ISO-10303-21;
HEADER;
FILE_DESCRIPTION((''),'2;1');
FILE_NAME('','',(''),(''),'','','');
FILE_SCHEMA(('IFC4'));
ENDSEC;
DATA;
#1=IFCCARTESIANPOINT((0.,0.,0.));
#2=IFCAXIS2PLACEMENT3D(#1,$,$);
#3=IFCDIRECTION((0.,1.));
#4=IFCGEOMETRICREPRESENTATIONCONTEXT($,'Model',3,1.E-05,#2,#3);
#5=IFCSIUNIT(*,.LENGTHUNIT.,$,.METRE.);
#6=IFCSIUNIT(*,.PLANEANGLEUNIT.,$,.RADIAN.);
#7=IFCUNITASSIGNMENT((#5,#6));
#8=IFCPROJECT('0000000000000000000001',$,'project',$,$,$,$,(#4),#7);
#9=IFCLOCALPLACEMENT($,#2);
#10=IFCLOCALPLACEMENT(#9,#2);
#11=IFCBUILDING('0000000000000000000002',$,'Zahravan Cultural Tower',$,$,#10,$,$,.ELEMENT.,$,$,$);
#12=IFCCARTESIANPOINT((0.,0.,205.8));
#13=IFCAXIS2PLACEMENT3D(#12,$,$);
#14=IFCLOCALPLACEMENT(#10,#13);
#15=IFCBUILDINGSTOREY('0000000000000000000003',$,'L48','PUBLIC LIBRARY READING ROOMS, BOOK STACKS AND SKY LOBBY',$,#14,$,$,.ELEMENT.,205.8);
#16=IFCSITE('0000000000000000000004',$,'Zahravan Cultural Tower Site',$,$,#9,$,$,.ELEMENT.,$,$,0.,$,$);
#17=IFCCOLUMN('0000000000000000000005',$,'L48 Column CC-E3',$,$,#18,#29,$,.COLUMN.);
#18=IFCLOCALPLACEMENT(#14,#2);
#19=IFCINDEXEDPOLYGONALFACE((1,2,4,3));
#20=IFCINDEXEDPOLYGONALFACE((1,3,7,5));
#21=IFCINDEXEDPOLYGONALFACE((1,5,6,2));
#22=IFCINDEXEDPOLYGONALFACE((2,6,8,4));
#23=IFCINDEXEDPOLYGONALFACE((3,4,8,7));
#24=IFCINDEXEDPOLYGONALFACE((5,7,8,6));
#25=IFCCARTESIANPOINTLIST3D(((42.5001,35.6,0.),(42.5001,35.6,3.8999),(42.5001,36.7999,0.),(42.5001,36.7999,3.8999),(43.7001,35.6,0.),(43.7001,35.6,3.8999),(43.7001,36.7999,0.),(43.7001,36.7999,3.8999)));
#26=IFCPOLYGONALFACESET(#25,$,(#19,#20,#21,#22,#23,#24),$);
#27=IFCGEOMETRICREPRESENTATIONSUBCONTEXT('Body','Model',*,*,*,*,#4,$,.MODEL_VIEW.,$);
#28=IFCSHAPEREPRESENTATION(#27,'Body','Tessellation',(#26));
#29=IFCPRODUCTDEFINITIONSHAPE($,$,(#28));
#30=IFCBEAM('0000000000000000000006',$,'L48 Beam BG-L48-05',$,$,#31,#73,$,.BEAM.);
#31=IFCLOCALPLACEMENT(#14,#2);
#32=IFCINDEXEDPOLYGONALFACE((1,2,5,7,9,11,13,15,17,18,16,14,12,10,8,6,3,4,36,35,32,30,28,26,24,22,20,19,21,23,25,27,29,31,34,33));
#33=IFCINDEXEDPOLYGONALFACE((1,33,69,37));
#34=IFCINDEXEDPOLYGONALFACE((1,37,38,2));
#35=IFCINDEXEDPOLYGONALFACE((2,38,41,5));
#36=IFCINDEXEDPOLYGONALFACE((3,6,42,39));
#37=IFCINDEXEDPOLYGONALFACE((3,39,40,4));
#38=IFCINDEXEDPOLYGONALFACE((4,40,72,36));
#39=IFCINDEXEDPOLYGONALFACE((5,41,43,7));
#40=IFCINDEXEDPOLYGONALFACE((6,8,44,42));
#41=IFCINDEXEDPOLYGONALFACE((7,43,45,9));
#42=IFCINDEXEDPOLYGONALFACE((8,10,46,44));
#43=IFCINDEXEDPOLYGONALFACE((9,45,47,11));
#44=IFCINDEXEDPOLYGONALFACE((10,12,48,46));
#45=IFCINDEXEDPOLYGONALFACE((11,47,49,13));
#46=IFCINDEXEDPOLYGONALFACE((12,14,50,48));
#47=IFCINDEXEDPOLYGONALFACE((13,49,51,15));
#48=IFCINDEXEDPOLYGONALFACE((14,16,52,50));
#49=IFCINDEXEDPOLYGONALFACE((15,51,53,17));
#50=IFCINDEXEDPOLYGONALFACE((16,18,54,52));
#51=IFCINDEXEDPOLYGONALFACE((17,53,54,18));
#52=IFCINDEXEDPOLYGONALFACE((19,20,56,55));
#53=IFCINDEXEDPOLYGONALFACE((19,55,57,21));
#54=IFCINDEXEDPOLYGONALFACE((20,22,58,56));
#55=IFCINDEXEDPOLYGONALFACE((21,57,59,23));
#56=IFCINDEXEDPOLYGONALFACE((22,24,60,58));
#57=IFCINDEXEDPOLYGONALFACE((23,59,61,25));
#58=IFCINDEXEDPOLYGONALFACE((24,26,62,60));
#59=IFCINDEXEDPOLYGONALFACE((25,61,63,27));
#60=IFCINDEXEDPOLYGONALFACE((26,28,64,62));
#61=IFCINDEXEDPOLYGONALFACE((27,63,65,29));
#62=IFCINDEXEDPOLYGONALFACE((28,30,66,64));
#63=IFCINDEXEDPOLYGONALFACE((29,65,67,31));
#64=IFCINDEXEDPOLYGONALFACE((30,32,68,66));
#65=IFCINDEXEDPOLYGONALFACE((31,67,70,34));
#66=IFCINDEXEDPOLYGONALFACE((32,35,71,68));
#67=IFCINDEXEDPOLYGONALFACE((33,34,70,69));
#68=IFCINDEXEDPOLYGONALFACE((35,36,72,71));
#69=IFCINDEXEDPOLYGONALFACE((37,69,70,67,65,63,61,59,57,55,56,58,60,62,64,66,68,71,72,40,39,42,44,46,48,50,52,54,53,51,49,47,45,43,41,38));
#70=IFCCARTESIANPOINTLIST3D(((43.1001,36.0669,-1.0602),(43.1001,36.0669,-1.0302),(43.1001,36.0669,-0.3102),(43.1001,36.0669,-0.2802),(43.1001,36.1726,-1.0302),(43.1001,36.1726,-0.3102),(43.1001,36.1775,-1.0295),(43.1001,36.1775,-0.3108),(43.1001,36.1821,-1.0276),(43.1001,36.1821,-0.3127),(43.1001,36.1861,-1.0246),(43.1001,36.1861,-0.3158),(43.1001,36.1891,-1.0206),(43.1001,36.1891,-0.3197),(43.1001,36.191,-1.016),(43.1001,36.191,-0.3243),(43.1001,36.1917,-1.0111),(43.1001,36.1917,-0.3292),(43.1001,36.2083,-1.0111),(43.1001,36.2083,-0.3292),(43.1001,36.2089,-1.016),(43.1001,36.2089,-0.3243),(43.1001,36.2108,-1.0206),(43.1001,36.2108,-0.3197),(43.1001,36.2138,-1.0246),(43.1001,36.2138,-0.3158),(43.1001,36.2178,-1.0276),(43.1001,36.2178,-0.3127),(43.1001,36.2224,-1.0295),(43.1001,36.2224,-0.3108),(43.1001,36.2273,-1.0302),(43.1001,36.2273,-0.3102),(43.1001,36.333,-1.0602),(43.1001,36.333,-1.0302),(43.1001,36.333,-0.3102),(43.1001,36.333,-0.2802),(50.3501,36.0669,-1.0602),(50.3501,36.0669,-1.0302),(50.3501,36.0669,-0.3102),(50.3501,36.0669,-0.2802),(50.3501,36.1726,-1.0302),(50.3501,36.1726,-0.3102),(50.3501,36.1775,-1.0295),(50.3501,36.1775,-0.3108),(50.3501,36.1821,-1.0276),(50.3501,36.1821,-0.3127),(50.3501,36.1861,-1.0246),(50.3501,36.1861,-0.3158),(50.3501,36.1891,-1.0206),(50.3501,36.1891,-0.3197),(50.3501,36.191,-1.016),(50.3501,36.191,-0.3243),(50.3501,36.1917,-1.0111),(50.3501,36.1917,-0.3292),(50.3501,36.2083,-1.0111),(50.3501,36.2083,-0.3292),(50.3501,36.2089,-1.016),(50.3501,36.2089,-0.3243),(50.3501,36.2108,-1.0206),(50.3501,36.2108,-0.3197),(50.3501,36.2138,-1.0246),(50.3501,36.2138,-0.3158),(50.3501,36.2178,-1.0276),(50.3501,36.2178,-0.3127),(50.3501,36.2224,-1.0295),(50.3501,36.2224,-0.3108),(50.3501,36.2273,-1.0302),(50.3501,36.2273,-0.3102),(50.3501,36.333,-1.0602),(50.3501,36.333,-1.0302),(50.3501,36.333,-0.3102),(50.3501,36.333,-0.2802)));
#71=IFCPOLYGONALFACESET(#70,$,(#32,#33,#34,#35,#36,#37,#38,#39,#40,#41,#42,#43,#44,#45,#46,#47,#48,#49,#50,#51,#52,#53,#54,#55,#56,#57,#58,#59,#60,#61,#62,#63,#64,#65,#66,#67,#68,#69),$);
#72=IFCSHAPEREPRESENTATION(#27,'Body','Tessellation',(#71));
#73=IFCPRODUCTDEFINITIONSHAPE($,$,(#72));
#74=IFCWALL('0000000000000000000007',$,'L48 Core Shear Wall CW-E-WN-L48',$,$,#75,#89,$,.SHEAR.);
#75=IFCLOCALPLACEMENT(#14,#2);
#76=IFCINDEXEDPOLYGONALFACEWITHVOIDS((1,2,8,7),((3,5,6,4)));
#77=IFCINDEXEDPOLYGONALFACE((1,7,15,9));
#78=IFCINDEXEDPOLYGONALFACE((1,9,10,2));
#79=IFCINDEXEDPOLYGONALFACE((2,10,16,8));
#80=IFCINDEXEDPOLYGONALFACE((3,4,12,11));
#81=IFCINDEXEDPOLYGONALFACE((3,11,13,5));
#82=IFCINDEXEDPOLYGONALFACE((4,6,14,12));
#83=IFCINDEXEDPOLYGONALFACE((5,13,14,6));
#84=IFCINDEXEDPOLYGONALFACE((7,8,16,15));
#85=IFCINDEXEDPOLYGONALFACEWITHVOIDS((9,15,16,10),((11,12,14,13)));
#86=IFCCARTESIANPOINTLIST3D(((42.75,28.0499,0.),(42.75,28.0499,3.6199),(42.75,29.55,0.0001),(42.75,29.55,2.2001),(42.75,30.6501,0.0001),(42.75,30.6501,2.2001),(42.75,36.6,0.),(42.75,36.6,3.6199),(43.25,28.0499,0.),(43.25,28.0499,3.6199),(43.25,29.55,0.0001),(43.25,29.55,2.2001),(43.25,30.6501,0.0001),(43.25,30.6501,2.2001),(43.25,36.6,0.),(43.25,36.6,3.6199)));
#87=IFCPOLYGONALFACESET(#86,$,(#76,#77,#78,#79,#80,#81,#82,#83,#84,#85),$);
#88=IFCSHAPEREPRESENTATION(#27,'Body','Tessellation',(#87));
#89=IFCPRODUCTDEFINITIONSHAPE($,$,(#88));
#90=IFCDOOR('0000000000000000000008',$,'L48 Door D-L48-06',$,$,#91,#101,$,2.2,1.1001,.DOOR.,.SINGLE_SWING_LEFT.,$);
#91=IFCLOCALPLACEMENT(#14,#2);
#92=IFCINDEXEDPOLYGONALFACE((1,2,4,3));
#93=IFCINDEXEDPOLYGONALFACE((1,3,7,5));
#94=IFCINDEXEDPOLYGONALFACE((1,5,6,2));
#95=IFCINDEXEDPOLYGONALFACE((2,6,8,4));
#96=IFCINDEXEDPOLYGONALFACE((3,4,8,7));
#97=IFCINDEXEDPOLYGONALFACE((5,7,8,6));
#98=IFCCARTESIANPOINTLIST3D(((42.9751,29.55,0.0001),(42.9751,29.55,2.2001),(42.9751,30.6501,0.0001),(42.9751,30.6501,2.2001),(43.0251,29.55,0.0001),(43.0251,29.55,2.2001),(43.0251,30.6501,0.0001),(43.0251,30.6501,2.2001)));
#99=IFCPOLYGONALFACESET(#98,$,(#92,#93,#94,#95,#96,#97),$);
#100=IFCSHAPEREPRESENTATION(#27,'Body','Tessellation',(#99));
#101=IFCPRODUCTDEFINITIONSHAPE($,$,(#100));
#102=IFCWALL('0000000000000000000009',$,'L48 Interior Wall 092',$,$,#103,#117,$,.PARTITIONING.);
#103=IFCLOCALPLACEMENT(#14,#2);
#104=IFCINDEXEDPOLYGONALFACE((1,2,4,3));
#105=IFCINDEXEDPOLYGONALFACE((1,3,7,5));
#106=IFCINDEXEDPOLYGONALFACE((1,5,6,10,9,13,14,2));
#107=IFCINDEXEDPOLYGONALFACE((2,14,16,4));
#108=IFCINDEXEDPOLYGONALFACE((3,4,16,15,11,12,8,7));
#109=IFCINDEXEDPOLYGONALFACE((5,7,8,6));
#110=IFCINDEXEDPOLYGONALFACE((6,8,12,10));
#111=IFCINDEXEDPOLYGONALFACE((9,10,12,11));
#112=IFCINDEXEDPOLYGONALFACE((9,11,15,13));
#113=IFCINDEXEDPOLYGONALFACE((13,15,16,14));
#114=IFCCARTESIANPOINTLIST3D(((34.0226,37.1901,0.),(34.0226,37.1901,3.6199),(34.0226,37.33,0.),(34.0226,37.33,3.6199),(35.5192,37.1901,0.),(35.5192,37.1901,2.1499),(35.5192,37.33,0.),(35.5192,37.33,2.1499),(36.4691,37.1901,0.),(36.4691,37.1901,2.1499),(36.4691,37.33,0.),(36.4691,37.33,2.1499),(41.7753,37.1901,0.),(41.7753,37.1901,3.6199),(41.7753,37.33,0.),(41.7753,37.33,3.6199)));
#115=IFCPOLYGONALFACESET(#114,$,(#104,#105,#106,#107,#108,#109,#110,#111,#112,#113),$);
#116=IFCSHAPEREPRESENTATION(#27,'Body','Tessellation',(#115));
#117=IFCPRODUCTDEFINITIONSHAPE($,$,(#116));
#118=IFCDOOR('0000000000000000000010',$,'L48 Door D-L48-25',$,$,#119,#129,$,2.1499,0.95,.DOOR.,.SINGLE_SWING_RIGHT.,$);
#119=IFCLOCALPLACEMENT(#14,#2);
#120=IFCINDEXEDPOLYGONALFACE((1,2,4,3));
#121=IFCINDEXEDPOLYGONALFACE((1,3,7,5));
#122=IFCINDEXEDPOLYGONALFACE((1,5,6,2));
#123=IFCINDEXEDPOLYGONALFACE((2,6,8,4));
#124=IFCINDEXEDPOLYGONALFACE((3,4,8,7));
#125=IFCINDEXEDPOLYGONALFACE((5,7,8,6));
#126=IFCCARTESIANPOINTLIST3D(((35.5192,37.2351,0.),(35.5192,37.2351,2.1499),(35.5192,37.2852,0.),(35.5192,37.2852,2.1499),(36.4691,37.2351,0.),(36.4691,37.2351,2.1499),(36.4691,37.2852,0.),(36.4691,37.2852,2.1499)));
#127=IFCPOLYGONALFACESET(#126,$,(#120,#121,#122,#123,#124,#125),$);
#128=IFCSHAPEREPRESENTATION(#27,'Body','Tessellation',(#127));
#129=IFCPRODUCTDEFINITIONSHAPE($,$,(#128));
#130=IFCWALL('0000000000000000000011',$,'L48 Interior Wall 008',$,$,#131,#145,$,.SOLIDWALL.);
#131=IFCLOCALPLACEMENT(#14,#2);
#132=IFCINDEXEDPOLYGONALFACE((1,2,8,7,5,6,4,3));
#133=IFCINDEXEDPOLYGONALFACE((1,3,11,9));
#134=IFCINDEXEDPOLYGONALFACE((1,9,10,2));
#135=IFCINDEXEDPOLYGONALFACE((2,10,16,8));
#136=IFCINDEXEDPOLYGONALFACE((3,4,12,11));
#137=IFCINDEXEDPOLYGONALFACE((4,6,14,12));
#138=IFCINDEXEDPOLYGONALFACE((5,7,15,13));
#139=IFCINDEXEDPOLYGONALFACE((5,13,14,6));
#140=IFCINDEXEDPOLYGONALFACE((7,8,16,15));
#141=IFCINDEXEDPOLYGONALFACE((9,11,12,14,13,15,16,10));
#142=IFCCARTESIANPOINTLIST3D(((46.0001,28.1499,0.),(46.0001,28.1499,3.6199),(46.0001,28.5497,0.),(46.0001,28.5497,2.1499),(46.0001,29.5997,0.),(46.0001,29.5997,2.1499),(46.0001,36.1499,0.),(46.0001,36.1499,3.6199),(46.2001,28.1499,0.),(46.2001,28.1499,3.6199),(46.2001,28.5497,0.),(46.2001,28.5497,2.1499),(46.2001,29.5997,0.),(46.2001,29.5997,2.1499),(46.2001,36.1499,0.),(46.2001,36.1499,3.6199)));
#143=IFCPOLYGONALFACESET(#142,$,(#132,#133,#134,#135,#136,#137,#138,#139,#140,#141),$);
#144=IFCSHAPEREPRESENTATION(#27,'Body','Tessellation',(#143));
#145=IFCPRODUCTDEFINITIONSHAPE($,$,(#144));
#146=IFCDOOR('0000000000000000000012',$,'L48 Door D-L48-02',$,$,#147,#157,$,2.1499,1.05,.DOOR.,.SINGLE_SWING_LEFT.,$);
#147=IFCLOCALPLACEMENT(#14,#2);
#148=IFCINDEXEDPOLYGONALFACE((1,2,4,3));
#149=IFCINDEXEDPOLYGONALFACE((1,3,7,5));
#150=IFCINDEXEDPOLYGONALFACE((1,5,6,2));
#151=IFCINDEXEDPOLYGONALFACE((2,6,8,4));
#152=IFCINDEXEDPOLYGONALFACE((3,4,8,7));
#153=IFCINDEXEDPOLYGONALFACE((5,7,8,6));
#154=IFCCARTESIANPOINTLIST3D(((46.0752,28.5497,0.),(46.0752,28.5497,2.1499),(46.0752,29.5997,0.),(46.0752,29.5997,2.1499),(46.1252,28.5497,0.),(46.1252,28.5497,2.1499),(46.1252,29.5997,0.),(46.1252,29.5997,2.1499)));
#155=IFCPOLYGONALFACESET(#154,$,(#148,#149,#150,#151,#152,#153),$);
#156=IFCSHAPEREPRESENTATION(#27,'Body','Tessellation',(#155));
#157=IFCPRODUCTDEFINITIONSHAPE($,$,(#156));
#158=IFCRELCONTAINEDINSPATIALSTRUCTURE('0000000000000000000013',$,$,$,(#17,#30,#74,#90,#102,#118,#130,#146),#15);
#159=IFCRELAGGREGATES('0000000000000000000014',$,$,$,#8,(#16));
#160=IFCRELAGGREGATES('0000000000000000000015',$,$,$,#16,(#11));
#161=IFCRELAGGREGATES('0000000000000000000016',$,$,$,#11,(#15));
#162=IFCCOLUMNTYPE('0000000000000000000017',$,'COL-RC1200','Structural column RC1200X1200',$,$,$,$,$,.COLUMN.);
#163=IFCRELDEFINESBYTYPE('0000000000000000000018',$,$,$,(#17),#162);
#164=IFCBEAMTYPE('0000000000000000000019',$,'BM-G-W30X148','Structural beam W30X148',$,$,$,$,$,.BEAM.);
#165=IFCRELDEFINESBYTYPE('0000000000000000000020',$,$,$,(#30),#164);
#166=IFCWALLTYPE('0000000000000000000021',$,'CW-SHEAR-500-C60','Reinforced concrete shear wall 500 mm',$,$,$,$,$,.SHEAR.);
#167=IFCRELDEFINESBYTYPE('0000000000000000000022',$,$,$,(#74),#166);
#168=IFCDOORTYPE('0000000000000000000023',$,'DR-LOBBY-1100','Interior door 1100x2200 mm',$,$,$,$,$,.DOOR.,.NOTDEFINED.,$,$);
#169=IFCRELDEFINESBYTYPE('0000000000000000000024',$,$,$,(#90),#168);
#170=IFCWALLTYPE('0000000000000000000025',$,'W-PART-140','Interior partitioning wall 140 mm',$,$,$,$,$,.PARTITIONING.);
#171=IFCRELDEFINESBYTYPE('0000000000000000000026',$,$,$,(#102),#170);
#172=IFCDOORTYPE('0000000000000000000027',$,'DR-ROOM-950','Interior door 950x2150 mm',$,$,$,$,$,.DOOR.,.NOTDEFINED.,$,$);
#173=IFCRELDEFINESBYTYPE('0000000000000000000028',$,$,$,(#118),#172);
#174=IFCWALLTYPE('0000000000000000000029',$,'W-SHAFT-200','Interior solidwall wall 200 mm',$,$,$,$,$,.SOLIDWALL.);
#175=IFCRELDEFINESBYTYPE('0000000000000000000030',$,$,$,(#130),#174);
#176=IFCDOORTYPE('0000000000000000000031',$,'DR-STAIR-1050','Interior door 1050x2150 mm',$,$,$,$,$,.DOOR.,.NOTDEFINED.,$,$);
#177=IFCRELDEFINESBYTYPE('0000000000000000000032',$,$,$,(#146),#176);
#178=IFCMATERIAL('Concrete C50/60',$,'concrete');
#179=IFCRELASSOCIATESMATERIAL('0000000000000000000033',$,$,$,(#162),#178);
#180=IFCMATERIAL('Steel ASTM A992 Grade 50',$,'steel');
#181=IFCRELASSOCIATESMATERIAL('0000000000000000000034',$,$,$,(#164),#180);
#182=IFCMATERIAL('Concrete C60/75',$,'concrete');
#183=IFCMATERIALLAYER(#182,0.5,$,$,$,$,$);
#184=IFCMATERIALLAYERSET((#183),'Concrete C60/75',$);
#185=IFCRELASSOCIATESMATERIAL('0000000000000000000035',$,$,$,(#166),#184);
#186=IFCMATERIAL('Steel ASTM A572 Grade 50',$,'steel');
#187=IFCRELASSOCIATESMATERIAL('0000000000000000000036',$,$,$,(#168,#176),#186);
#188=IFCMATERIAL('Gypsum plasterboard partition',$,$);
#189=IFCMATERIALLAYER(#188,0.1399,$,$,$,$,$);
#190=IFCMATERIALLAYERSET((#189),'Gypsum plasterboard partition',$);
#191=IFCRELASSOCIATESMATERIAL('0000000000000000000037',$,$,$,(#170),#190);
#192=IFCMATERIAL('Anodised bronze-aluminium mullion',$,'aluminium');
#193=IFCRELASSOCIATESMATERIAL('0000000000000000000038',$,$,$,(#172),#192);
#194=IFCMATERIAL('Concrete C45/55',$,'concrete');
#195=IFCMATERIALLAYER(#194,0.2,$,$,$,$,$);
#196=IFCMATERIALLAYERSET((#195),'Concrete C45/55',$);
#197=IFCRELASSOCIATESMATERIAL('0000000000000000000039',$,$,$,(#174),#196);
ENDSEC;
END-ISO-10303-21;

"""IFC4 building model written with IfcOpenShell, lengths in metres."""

from ifc_helpers import new_model, si_unit, direction, frame, frame_2d, origin, origin_2d, place, context, subcontext, project, spatial, rectangle, i_section, extrude, source, transform, mapped, material, layer, layer_set, material_profile, profile_set, type_object, element, fill, save


model = new_model("IFC4")

# Units and contexts
model_context = context("Model", 3, precision=1e-05, world=origin(), true_north=direction((0.0, 1.0)))
body_context = subcontext(model_context, "Body", "Model", "MODEL_VIEW")
ifc_project = project(units=[si_unit("LENGTHUNIT", "METRE"), si_unit("PLANEANGLEUNIT", "RADIAN")], contexts=[model_context])

# Site, building, storey
site_placement = place(None, origin())
site = spatial("IfcSite", under=ifc_project, at=site_placement, Name="Zahravan Cultural Tower Site", CompositionType="ELEMENT", RefElevation=0.0)
building_placement = place(site_placement, origin())
building = spatial("IfcBuilding", under=site, at=building_placement, Name="Zahravan Cultural Tower", CompositionType="ELEMENT")
storey_placement = place(building_placement, frame((0.0, 0.0, 205.8)))
storey = spatial("IfcBuildingStorey", under=building, at=storey_placement, Name="L48", Description="PUBLIC LIBRARY READING ROOMS, BOOK STACKS AND SKY LOBBY", CompositionType="ELEMENT", Elevation=205.8)

# Column
ifc_material_1 = material(Name="Concrete C50/60", Category="concrete")
ifc_material_profile_1 = material_profile(ifc_material_1, rectangle(XDim=1.2, YDim=1.2, at=origin_2d()), Name="RC1200X1200")
ifc_profile_set_1 = profile_set([ifc_material_profile_1], Name="Concrete C50/60")
column_type = type_object("IfcColumnType", Name="COL-RC1200", Description="Structural column RC1200X1200", PredefinedType="COLUMN", material=ifc_profile_set_1)
shared_shape_1 = source(origin(), body_context, "Body", "SweptSolid", [
    extrude(rectangle(XDim=1.2, YDim=1.2, at=origin_2d()), origin(), (0.0, 0.0, 1.0), 3.8999),
])
column_placement = place(storey_placement, frame((43.1001, 36.2, 0.0), z_axis=(0.0, 0.0, 1.0), x_axis=(1.0, 0.0, 0.0)))
element("IfcColumn", 1, at=column_placement, inside=storey, type_object=column_type, Name="L48 Column CC-E3", PredefinedType="COLUMN", context=body_context, shape_type="MappedRepresentation", body=[
    mapped(shared_shape_1, transform((0.0, 0.0, 0.0), x_axis=(1.0, 0.0, 0.0), y_axis=(0.0, 1.0, 0.0), z_axis=(0.0, 0.0, 1.0), scale=1.0)),
])

# Beam
ifc_material_2 = material(Name="Steel ASTM A992 Grade 50", Category="steel")
ifc_material_profile_2 = material_profile(ifc_material_2, i_section(OverallWidth=0.2661, OverallDepth=0.78, WebThickness=0.0166, FlangeThickness=0.03, FilletRadius=0.019, at=origin_2d()), Name="W30X148")
ifc_profile_set_2 = profile_set([ifc_material_profile_2], Name="Steel ASTM A992 Grade 50")
beam_type = type_object("IfcBeamType", Name="BM-G-W30X148", Description="Structural beam W30X148", PredefinedType="BEAM", material=ifc_profile_set_2)
shared_shape_2 = source(origin(), body_context, "Body", "SweptSolid", [
    extrude(i_section(OverallWidth=0.2661, OverallDepth=0.78, WebThickness=0.0166, FlangeThickness=0.03, FilletRadius=0.019, at=origin_2d()), origin(), (0.0, 0.0, 1.0), 7.25),
])
beam_placement = place(storey_placement, frame((43.1001, 36.2, -0.6702), z_axis=(1.0, 0.0, 0.0), x_axis=(0.0, 1.0, 0.0)))
element("IfcBeam", 2, at=beam_placement, inside=storey, type_object=beam_type, Name="L48 Beam BG-L48-05", PredefinedType="BEAM", context=body_context, shape_type="MappedRepresentation", body=[
    mapped(shared_shape_2, transform((0.0, 0.0, 0.0), x_axis=(1.0, 0.0, 0.0), y_axis=(0.0, 1.0, 0.0), z_axis=(0.0, 0.0, 1.0), scale=1.0)),
])

# Walls, openings, doors
ifc_material_3 = material(Name="Concrete C60/75", Category="concrete")
ifc_layer_1 = layer(ifc_material_3, 0.5)
ifc_layer_set_1 = layer_set([ifc_layer_1], Name="Concrete C60/75")
wall_type_1 = type_object("IfcWallType", Name="CW-SHEAR-500-C60", Description="Reinforced concrete shear wall 500 mm", PredefinedType="SHEAR", material=ifc_layer_set_1)
wall_1_placement = place(storey_placement, frame((43.0, 28.05, 0.0), z_axis=(0.0, 0.0, 1.0), x_axis=(0.0, 1.0, 0.0)))
wall_1 = element("IfcWall", 3, at=wall_1_placement, inside=storey, type_object=wall_type_1, Name="L48 Core Shear Wall CW-E-WN-L48", PredefinedType="SHEAR", context=body_context, shape_type="SweptSolid", body=[
    extrude(rectangle(XDim=8.55, YDim=0.5, at=frame_2d((4.2749, 0.0))), origin(), (0.0, 0.0, 1.0), 3.6199),
])
opening_1_placement = place(wall_1_placement, frame((1.5, 0.0, 0.0)))
opening_1 = element("IfcOpeningElement", 4, at=opening_1_placement, cuts=wall_1, PredefinedType="OPENING", context=body_context, shape_type="SweptSolid", body=[
    extrude(rectangle(XDim=1.1001, YDim=2.2, at=frame_2d((0.55, 1.1001))), frame((0.0, 0.26, 0.0), z_axis=(0.0, -1.0, 0.0), x_axis=(1.0, 0.0, 0.0)), (0.0, 0.0, 1.0), 0.52),
])
ifc_material_4 = material(Name="Steel ASTM A572 Grade 50", Category="steel")
door_type_1 = type_object("IfcDoorType", Name="DR-LOBBY-1100", Description="Interior door 1100x2200 mm", OperationType="NOTDEFINED", PredefinedType="DOOR", material=ifc_material_4)
shared_shape_3 = source(origin(), body_context, "Body", "SweptSolid", [
    extrude(rectangle(XDim=1.1001, YDim=2.2, at=frame_2d((0.55, 1.1001))), frame((0.0, 0.0249, 0.0), z_axis=(0.0, -1.0, 0.0), x_axis=(1.0, 0.0, 0.0)), (0.0, 0.0, 1.0), 0.05),
])
door_1_placement = place(opening_1_placement, origin())
door_1 = element("IfcDoor", 5, at=door_1_placement, inside=storey, type_object=door_type_1, Name="L48 Door D-L48-06", OperationType="SINGLE_SWING_LEFT", OverallHeight=2.2, OverallWidth=1.1001, PredefinedType="DOOR", context=body_context, shape_type="MappedRepresentation", body=[
    mapped(shared_shape_3, transform((0.0, 0.0, 0.0), x_axis=(1.0, 0.0, 0.0), y_axis=(0.0, 1.0, 0.0), z_axis=(0.0, 0.0, 1.0), scale=1.0)),
])
fill(opening_1, door_1)
ifc_material_5 = material(Name="Gypsum plasterboard partition")
ifc_layer_2 = layer(ifc_material_5, 0.1399)
ifc_layer_set_2 = layer_set([ifc_layer_2], Name="Gypsum plasterboard partition")
wall_type_2 = type_object("IfcWallType", Name="W-PART-140", Description="Interior partitioning wall 140 mm", PredefinedType="PARTITIONING", material=ifc_layer_set_2)
ifc_material_6 = material(Name="Anodised bronze-aluminium mullion", Category="aluminium")
door_type_2 = type_object("IfcDoorType", Name="DR-ROOM-950", Description="Interior door 950x2150 mm", OperationType="NOTDEFINED", PredefinedType="DOOR", material=ifc_material_6)
shared_shape_4 = source(origin(), body_context, "Body", "SweptSolid", [
    extrude(rectangle(XDim=0.95, YDim=2.1499, at=frame_2d((0.4751, 1.075))), frame((0.0, 0.0249, 0.0), z_axis=(0.0, -1.0, 0.0), x_axis=(1.0, 0.0, 0.0)), (0.0, 0.0, 1.0), 0.05),
])
wall_2_placement = place(storey_placement, frame((41.7754, 37.26, 0.0), z_axis=(0.0, 0.0, 1.0), x_axis=(-1.0, 0.0, 0.0)))
wall_2 = element("IfcWall", 6, at=wall_2_placement, inside=storey, type_object=wall_type_2, Name="L48 Interior Wall 092", PredefinedType="PARTITIONING", context=body_context, shape_type="SweptSolid", body=[
    extrude(rectangle(XDim=7.7527, YDim=0.1399, at=frame_2d((3.8765, 0.0))), origin(), (0.0, 0.0, 1.0), 3.6199),
])
opening_2_placement = place(wall_2_placement, frame((5.3062, 0.0, 0.0)))
opening_2 = element("IfcOpeningElement", 7, at=opening_2_placement, cuts=wall_2, PredefinedType="OPENING", context=body_context, shape_type="SweptSolid", body=[
    extrude(rectangle(XDim=0.95, YDim=2.1499, at=frame_2d((0.4751, 1.075))), frame((0.0, 0.0798, 0.0), z_axis=(0.0, -1.0, 0.0), x_axis=(1.0, 0.0, 0.0)), (0.0, 0.0, 1.0), 0.1599),
])
door_2_placement = place(opening_2_placement, origin())
door_2 = element("IfcDoor", 8, at=door_2_placement, inside=storey, type_object=door_type_2, Name="L48 Door D-L48-25", OperationType="SINGLE_SWING_RIGHT", OverallHeight=2.1499, OverallWidth=0.95, PredefinedType="DOOR", context=body_context, shape_type="MappedRepresentation", body=[
    mapped(shared_shape_4, transform((0.0, 0.0, 0.0), x_axis=(1.0, 0.0, 0.0), y_axis=(0.0, 1.0, 0.0), z_axis=(0.0, 0.0, 1.0), scale=1.0)),
])
fill(opening_2, door_2)
ifc_material_7 = material(Name="Concrete C45/55", Category="concrete")
ifc_layer_3 = layer(ifc_material_7, 0.2)
ifc_layer_set_3 = layer_set([ifc_layer_3], Name="Concrete C45/55")
wall_type_3 = type_object("IfcWallType", Name="W-SHAFT-200", Description="Interior solidwall wall 200 mm", PredefinedType="SOLIDWALL", material=ifc_layer_set_3)
wall_3_placement = place(storey_placement, frame((46.1001, 28.1499, 0.0), z_axis=(0.0, 0.0, 1.0), x_axis=(0.0, 1.0, 0.0)))
wall_3 = element("IfcWall", 9, at=wall_3_placement, inside=storey, type_object=wall_type_3, Name="L48 Interior Wall 008", PredefinedType="SOLIDWALL", context=body_context, shape_type="SweptSolid", body=[
    extrude(rectangle(XDim=8.0, YDim=0.2, at=frame_2d((4.0, 0.0))), origin(), (0.0, 0.0, 1.0), 3.6199),
])
opening_3_placement = place(wall_3_placement, frame((0.3999, 0.0, 0.0)))
opening_3 = element("IfcOpeningElement", 10, at=opening_3_placement, cuts=wall_3, PredefinedType="OPENING", context=body_context, shape_type="SweptSolid", body=[
    extrude(rectangle(XDim=1.05, YDim=2.1499, at=frame_2d((0.5249, 1.075))), frame((0.0, 0.1099, 0.0), z_axis=(0.0, -1.0, 0.0), x_axis=(1.0, 0.0, 0.0)), (0.0, 0.0, 1.0), 0.22),
])
door_type_3 = type_object("IfcDoorType", Name="DR-STAIR-1050", Description="Interior door 1050x2150 mm", OperationType="NOTDEFINED", PredefinedType="DOOR", material=ifc_material_4)
shared_shape_5 = source(origin(), body_context, "Body", "SweptSolid", [
    extrude(rectangle(XDim=1.05, YDim=2.1499, at=frame_2d((0.5249, 1.075))), frame((0.0, 0.0249, 0.0), z_axis=(0.0, -1.0, 0.0), x_axis=(1.0, 0.0, 0.0)), (0.0, 0.0, 1.0), 0.05),
])
door_3_placement = place(opening_3_placement, origin())
door_3 = element("IfcDoor", 11, at=door_3_placement, inside=storey, type_object=door_type_3, Name="L48 Door D-L48-02", OperationType="SINGLE_SWING_LEFT", OverallHeight=2.1499, OverallWidth=1.05, PredefinedType="DOOR", context=body_context, shape_type="MappedRepresentation", body=[
    mapped(shared_shape_5, transform((0.0, 0.0, 0.0), x_axis=(1.0, 0.0, 0.0), y_axis=(0.0, 1.0, 0.0), z_axis=(0.0, 0.0, 1.0), scale=1.0)),
])
fill(opening_3, door_3)

save(model, "model.ifc")
